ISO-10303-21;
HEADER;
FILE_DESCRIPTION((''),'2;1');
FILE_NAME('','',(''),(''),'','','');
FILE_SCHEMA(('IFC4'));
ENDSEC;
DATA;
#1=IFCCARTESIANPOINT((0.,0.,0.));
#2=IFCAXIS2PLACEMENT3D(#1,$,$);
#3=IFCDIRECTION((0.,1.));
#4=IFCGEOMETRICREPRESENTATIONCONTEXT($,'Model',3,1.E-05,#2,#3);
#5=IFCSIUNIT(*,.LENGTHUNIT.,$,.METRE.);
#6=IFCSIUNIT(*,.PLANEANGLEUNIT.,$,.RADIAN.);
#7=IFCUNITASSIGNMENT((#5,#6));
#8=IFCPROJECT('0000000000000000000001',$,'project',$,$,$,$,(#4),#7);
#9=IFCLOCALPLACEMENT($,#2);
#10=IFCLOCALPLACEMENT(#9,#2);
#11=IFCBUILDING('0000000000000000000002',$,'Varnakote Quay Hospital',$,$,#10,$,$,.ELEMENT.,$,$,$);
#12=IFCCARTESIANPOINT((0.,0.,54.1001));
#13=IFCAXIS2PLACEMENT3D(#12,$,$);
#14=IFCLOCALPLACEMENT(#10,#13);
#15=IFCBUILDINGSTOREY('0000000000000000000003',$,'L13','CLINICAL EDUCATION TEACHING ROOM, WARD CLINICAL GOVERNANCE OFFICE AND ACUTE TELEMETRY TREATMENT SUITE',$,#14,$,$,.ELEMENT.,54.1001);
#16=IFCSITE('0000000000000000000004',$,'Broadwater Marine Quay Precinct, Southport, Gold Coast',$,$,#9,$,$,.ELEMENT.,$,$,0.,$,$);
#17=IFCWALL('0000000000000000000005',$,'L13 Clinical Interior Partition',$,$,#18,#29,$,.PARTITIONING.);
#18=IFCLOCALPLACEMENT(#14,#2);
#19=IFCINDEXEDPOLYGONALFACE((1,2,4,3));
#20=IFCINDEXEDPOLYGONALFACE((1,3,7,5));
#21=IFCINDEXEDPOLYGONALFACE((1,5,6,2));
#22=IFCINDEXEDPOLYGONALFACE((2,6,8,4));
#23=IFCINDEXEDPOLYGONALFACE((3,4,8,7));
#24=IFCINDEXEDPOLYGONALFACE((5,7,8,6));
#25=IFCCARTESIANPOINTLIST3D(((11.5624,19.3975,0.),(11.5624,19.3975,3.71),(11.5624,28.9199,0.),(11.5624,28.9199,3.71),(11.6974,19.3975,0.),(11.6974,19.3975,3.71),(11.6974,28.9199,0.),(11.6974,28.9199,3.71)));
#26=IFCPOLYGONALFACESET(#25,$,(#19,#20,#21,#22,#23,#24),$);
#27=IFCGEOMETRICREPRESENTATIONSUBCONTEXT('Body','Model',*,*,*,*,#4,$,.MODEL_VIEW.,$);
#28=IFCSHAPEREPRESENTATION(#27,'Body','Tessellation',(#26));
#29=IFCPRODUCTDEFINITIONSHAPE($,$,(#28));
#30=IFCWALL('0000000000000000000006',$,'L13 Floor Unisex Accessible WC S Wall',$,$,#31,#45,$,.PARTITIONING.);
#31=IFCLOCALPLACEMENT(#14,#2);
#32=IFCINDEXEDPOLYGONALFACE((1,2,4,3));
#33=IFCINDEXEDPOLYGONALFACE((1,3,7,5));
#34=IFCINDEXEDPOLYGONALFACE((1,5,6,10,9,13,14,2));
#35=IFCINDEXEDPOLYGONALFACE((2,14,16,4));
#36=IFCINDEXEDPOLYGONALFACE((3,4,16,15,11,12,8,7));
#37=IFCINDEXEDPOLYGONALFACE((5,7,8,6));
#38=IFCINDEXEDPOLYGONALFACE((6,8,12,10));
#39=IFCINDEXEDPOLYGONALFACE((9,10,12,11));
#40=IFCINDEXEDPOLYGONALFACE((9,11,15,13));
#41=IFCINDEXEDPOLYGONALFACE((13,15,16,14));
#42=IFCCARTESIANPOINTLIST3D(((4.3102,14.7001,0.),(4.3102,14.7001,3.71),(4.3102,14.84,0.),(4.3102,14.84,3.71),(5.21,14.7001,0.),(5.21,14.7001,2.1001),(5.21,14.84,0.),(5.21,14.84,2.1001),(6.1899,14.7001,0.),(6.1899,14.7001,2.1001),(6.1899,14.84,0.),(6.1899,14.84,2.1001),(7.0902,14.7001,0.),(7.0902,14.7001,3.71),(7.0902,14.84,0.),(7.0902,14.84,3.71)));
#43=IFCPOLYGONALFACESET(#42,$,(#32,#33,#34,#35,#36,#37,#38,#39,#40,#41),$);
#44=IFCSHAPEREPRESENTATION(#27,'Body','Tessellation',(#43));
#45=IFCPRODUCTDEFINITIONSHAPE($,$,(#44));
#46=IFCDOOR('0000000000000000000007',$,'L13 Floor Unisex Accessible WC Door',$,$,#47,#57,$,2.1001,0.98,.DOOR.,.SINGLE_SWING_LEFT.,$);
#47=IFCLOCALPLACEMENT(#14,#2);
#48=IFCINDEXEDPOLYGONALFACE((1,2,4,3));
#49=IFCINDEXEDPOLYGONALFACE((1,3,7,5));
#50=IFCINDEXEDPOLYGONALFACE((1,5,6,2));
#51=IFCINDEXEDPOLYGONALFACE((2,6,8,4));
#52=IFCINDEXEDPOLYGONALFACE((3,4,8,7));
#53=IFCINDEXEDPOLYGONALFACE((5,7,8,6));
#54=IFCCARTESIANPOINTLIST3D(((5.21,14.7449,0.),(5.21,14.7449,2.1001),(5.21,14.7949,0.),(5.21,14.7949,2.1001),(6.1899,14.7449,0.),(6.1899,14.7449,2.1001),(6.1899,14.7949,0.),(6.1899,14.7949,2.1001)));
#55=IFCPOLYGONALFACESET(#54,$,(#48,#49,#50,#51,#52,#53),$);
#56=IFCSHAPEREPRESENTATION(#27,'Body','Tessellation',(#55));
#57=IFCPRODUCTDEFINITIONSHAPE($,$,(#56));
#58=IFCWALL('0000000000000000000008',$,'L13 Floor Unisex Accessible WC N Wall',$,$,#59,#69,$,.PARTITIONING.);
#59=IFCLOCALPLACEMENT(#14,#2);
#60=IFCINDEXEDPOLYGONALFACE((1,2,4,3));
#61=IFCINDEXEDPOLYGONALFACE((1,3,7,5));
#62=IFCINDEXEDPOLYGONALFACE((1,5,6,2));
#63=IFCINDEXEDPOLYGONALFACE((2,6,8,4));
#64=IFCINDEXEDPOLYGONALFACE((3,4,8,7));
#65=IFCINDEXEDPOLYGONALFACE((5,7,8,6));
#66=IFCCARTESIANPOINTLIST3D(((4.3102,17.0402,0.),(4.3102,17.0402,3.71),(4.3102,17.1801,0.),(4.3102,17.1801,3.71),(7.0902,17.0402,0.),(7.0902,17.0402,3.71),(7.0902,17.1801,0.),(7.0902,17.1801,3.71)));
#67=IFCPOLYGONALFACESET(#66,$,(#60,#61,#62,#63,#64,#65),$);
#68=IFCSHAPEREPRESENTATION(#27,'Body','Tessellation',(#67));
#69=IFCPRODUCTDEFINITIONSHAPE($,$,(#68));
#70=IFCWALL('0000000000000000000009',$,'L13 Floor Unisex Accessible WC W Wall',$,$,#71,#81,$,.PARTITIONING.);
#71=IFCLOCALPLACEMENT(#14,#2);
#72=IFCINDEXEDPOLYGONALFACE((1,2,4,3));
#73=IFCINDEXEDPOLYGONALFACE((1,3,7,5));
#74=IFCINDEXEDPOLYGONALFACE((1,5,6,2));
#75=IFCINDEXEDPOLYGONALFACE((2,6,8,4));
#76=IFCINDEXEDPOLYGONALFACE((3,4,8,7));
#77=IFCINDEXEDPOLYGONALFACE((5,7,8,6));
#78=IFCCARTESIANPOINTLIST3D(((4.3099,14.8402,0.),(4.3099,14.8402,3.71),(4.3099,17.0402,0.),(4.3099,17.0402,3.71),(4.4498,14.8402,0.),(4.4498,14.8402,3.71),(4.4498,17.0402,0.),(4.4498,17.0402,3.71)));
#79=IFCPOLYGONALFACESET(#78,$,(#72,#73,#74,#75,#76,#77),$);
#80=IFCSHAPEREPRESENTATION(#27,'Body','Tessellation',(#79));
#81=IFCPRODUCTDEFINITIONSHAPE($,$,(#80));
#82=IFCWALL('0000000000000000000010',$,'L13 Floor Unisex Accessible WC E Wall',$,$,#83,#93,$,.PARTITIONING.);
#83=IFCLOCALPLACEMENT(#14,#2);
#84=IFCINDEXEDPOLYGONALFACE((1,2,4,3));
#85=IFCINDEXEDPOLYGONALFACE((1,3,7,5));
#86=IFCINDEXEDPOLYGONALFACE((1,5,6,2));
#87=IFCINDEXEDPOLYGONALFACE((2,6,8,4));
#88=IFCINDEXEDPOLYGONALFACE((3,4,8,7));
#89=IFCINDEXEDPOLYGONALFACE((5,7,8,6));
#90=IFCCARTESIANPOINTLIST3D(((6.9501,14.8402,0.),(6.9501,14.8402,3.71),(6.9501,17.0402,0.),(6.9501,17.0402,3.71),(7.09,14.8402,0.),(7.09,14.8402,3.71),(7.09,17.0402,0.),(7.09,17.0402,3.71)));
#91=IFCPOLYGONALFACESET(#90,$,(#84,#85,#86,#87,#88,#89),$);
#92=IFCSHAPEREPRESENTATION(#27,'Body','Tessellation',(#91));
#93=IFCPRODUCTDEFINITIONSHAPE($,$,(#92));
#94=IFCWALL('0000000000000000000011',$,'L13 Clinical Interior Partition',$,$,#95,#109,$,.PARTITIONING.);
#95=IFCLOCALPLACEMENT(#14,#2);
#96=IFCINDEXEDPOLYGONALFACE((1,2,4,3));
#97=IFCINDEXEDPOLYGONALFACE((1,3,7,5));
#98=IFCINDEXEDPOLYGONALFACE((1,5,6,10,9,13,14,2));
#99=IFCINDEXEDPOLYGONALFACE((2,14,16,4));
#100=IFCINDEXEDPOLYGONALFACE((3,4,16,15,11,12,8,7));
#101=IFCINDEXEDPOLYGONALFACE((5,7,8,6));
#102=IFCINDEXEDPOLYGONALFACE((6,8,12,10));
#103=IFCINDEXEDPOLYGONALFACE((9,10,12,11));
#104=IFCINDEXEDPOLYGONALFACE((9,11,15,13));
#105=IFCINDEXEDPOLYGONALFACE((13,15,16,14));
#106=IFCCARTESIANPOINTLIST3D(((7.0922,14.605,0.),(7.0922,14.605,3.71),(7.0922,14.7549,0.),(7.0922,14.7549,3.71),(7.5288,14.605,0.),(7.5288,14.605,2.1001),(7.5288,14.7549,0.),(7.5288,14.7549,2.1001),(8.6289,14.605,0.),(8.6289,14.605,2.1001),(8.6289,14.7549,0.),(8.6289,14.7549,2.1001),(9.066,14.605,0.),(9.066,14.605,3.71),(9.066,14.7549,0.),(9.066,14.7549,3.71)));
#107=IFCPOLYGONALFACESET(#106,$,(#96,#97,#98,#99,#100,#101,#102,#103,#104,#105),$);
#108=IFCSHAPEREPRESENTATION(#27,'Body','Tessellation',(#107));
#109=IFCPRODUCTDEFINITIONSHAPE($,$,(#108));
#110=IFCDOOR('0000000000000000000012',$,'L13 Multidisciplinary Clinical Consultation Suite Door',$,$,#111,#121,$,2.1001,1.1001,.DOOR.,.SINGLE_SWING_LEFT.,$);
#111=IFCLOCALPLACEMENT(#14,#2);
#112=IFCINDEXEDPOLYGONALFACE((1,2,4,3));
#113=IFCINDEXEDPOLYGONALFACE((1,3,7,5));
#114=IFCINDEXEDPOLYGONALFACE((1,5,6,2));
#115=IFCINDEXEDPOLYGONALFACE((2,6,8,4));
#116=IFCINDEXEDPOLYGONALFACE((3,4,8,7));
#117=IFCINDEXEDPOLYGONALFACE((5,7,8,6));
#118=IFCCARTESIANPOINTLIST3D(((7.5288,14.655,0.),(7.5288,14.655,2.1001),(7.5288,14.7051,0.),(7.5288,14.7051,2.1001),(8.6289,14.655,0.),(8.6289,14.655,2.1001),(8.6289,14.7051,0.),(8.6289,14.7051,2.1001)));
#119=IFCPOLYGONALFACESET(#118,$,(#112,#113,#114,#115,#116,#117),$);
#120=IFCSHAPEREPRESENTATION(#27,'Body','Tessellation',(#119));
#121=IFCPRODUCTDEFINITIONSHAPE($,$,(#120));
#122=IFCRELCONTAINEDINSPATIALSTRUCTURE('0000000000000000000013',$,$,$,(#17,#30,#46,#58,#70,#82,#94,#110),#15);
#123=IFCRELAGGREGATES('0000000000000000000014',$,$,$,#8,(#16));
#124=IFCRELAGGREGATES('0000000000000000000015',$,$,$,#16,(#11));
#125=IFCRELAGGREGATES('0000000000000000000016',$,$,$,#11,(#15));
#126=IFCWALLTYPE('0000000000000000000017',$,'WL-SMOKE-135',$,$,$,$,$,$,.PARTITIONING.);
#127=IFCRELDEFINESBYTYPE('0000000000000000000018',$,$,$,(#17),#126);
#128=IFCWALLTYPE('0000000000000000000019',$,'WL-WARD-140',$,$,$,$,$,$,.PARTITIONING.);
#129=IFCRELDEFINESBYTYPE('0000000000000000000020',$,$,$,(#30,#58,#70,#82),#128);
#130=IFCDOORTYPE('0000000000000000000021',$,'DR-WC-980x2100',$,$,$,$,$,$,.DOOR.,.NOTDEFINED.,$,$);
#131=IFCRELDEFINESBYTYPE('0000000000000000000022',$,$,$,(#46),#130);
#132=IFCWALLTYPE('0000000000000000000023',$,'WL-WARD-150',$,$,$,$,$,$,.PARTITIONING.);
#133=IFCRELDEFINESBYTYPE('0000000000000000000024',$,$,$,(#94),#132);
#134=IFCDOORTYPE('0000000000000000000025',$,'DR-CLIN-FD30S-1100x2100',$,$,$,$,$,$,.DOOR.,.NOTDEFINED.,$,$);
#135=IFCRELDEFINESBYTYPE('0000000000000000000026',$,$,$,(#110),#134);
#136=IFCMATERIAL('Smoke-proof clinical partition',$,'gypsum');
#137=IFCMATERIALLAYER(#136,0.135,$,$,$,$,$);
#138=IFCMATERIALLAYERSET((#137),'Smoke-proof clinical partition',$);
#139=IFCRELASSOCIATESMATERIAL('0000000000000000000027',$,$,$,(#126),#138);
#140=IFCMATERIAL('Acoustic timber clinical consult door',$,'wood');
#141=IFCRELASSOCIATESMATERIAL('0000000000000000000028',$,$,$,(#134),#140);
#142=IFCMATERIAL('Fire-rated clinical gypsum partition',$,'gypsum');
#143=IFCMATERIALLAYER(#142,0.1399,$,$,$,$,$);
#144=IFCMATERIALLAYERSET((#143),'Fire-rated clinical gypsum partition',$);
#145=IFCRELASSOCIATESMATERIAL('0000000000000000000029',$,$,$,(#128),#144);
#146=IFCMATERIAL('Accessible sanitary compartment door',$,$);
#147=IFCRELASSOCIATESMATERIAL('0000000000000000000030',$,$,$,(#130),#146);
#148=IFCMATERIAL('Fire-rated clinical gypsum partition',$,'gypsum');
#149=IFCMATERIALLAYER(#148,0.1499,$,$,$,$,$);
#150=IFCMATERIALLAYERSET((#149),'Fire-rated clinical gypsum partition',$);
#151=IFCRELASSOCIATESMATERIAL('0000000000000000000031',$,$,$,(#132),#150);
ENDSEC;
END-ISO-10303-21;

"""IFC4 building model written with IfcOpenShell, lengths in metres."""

from ifc_helpers import new_model, si_unit, direction, frame, frame_2d, origin, place, context, subcontext, project, spatial, rectangle, extrude, material, layer, layer_set, type_object, element, fill, save


model = new_model("IFC4")

# Units and contexts
model_context = context("Model", 3, precision=1e-05, world=origin(), true_north=direction((0.0, 1.0)))
body_context = subcontext(model_context, "Body", "Model", "MODEL_VIEW")
ifc_project = project(units=[si_unit("LENGTHUNIT", "METRE"), si_unit("PLANEANGLEUNIT", "RADIAN")], contexts=[model_context])

# Site, building, storey
site_placement = place(None, origin())
site = spatial("IfcSite", under=ifc_project, at=site_placement, Name="Broadwater Marine Quay Precinct, Southport, Gold Coast", CompositionType="ELEMENT", RefElevation=0.0)
building_placement = place(site_placement, origin())
building = spatial("IfcBuilding", under=site, at=building_placement, Name="Varnakote Quay Hospital", CompositionType="ELEMENT")
storey_placement = place(building_placement, frame((0.0, 0.0, 54.1001)))
storey = spatial("IfcBuildingStorey", under=building, at=storey_placement, Name="L13", Description="CLINICAL EDUCATION TEACHING ROOM, WARD CLINICAL GOVERNANCE OFFICE AND ACUTE TELEMETRY TREATMENT SUITE", CompositionType="ELEMENT", Elevation=54.1001)

# Shared definitions
ifc_material_1 = material(Name="Smoke-proof clinical partition", Category="gypsum")
ifc_layer_1 = layer(ifc_material_1, 0.135)
ifc_layer_set_1 = layer_set([ifc_layer_1], Name="Smoke-proof clinical partition")
wall_type_1 = type_object("IfcWallType", Name="WL-SMOKE-135", PredefinedType="PARTITIONING", material=ifc_layer_set_1)

# Shared definitions
ifc_material_2 = material(Name="Acoustic timber clinical consult door", Category="wood")
door_type_1 = type_object("IfcDoorType", Name="DR-CLIN-FD30S-1100x2100", OperationType="NOTDEFINED", PredefinedType="DOOR", material=ifc_material_2)

# Wall
wall_1_placement = place(storey_placement, frame((11.6299, 19.3975, 0.0), z_axis=(0.0, 0.0, 1.0), x_axis=(0.0, 1.0, 0.0)))
element("IfcWall", 1, at=wall_1_placement, inside=storey, type_object=wall_type_1, Name="L13 Clinical Interior Partition", PredefinedType="PARTITIONING", context=body_context, shape_type="SweptSolid", body=[
    extrude(rectangle(XDim=9.5225, YDim=0.135, at=frame_2d((4.7612, 0.0))), origin(), (0.0, 0.0, 1.0), 3.71),
])

# Wall, opening, door
ifc_material_3 = material(Name="Fire-rated clinical gypsum partition", Category="gypsum")
ifc_layer_2 = layer(ifc_material_3, 0.1399)
ifc_layer_set_2 = layer_set([ifc_layer_2], Name="Fire-rated clinical gypsum partition")
wall_type_2 = type_object("IfcWallType", Name="WL-WARD-140", PredefinedType="PARTITIONING", material=ifc_layer_set_2)
wall_2_placement = place(storey_placement, frame((4.3101, 14.77, 0.0), z_axis=(0.0, 0.0, 1.0), x_axis=(1.0, 0.0, 0.0)))
wall_2 = element("IfcWall", 2, at=wall_2_placement, inside=storey, type_object=wall_type_2, Name="L13 Floor Unisex Accessible WC S Wall", PredefinedType="PARTITIONING", context=body_context, shape_type="SweptSolid", body=[
    extrude(rectangle(XDim=2.78, YDim=0.1399, at=frame_2d((1.3901, 0.0))), origin(), (0.0, 0.0, 1.0), 3.71),
])
opening_1_placement = place(wall_2_placement, frame((0.8999, 0.0, 0.0)))
opening_1 = element("IfcOpeningElement", 3, at=opening_1_placement, cuts=wall_2, PredefinedType="OPENING", context=body_context, shape_type="SweptSolid", body=[
    extrude(rectangle(XDim=0.98, YDim=2.1001, at=frame_2d((0.49, 1.05))), frame((0.0, 0.0798, 0.0), z_axis=(0.0, -1.0, 0.0), x_axis=(1.0, 0.0, 0.0)), (0.0, 0.0, 1.0), 0.1599),
])
ifc_material_4 = material(Name="Accessible sanitary compartment door")
door_type_2 = type_object("IfcDoorType", Name="DR-WC-980x2100", OperationType="NOTDEFINED", PredefinedType="DOOR", material=ifc_material_4)
door_1_placement = place(opening_1_placement, origin())
door_1 = element("IfcDoor", 4, at=door_1_placement, inside=storey, type_object=door_type_2, Name="L13 Floor Unisex Accessible WC Door", OperationType="SINGLE_SWING_LEFT", OverallHeight=2.1001, OverallWidth=0.98, PredefinedType="DOOR", context=body_context, shape_type="SweptSolid", body=[
    extrude(rectangle(XDim=0.98, YDim=2.1001, at=frame_2d((0.49, 1.05))), frame((0.0, 0.0249, 0.0), z_axis=(0.0, -1.0, 0.0), x_axis=(1.0, 0.0, 0.0)), (0.0, 0.0, 1.0), 0.05),
])
fill(opening_1, door_1)

# Walls
wall_3_placement = place(storey_placement, frame((4.3101, 17.1101, 0.0), z_axis=(0.0, 0.0, 1.0), x_axis=(1.0, 0.0, 0.0)))
element("IfcWall", 5, at=wall_3_placement, inside=storey, type_object=wall_type_2, Name="L13 Floor Unisex Accessible WC N Wall", PredefinedType="PARTITIONING", context=body_context, shape_type="SweptSolid", body=[
    extrude(rectangle(XDim=2.78, YDim=0.1399, at=frame_2d((1.3901, 0.0))), origin(), (0.0, 0.0, 1.0), 3.71),
])
for number, where, z_axis, x_axis, name in (
    (6, (4.3799, 14.8401, 0.0), (0.0, 0.0, 1.0), (0.0, 1.0, 0.0), "L13 Floor Unisex Accessible WC W Wall"),
    (7, (7.02, 14.8401, 0.0), (0.0, 0.0, 1.0), (0.0, 1.0, 0.0), "L13 Floor Unisex Accessible WC E Wall"),
):
    element("IfcWall", number, at=place(storey_placement, frame(where, z_axis=z_axis, x_axis=x_axis)), inside=storey, type_object=wall_type_2, Name=name, PredefinedType="PARTITIONING", context=body_context, shape_type="SweptSolid", body=[
        extrude(rectangle(XDim=2.2, YDim=0.1399, at=frame_2d((1.1001, 0.0))), origin(), (0.0, 0.0, 1.0), 3.71),
    ])

# Wall, opening, door
ifc_material_5 = material(Name="Fire-rated clinical gypsum partition", Category="gypsum")
ifc_layer_3 = layer(ifc_material_5, 0.1499)
ifc_layer_set_3 = layer_set([ifc_layer_3], Name="Fire-rated clinical gypsum partition")
wall_type_3 = type_object("IfcWallType", Name="WL-WARD-150", PredefinedType="PARTITIONING", material=ifc_layer_set_3)
wall_4_placement = place(storey_placement, frame((9.0659, 14.6799, 0.0), z_axis=(0.0, 0.0, 1.0), x_axis=(-1.0, 0.0, 0.0)))
wall_4 = element("IfcWall", 8, at=wall_4_placement, inside=storey, type_object=wall_type_3, Name="L13 Clinical Interior Partition", PredefinedType="PARTITIONING", context=body_context, shape_type="SweptSolid", body=[
    extrude(rectangle(XDim=1.9739, YDim=0.1499, at=frame_2d((0.9868, 0.0))), origin(), (0.0, 0.0, 1.0), 3.71),
])
opening_2_placement = place(wall_4_placement, frame((0.437, 0.0, 0.0)))
opening_2 = element("IfcOpeningElement", 9, at=opening_2_placement, cuts=wall_4, PredefinedType="OPENING", context=body_context, shape_type="SweptSolid", body=[
    extrude(rectangle(XDim=1.1001, YDim=2.1001, at=frame_2d((0.55, 1.05))), frame((0.0, 0.085, 0.0), z_axis=(0.0, -1.0, 0.0), x_axis=(1.0, 0.0, 0.0)), (0.0, 0.0, 1.0), 0.1699),
])
door_2_placement = place(opening_2_placement, origin())
door_2 = element("IfcDoor", 10, at=door_2_placement, inside=storey, type_object=door_type_1, Name="L13 Multidisciplinary Clinical Consultation Suite Door", OperationType="SINGLE_SWING_LEFT", OverallHeight=2.1001, OverallWidth=1.1001, PredefinedType="DOOR", context=body_context, shape_type="SweptSolid", body=[
    extrude(rectangle(XDim=1.1001, YDim=2.1001, at=frame_2d((0.55, 1.05))), frame((0.0, 0.0249, 0.0), z_axis=(0.0, -1.0, 0.0), x_axis=(1.0, 0.0, 0.0)), (0.0, 0.0, 1.0), 0.05),
])
fill(opening_2, door_2)

save(model, "model.ifc")
